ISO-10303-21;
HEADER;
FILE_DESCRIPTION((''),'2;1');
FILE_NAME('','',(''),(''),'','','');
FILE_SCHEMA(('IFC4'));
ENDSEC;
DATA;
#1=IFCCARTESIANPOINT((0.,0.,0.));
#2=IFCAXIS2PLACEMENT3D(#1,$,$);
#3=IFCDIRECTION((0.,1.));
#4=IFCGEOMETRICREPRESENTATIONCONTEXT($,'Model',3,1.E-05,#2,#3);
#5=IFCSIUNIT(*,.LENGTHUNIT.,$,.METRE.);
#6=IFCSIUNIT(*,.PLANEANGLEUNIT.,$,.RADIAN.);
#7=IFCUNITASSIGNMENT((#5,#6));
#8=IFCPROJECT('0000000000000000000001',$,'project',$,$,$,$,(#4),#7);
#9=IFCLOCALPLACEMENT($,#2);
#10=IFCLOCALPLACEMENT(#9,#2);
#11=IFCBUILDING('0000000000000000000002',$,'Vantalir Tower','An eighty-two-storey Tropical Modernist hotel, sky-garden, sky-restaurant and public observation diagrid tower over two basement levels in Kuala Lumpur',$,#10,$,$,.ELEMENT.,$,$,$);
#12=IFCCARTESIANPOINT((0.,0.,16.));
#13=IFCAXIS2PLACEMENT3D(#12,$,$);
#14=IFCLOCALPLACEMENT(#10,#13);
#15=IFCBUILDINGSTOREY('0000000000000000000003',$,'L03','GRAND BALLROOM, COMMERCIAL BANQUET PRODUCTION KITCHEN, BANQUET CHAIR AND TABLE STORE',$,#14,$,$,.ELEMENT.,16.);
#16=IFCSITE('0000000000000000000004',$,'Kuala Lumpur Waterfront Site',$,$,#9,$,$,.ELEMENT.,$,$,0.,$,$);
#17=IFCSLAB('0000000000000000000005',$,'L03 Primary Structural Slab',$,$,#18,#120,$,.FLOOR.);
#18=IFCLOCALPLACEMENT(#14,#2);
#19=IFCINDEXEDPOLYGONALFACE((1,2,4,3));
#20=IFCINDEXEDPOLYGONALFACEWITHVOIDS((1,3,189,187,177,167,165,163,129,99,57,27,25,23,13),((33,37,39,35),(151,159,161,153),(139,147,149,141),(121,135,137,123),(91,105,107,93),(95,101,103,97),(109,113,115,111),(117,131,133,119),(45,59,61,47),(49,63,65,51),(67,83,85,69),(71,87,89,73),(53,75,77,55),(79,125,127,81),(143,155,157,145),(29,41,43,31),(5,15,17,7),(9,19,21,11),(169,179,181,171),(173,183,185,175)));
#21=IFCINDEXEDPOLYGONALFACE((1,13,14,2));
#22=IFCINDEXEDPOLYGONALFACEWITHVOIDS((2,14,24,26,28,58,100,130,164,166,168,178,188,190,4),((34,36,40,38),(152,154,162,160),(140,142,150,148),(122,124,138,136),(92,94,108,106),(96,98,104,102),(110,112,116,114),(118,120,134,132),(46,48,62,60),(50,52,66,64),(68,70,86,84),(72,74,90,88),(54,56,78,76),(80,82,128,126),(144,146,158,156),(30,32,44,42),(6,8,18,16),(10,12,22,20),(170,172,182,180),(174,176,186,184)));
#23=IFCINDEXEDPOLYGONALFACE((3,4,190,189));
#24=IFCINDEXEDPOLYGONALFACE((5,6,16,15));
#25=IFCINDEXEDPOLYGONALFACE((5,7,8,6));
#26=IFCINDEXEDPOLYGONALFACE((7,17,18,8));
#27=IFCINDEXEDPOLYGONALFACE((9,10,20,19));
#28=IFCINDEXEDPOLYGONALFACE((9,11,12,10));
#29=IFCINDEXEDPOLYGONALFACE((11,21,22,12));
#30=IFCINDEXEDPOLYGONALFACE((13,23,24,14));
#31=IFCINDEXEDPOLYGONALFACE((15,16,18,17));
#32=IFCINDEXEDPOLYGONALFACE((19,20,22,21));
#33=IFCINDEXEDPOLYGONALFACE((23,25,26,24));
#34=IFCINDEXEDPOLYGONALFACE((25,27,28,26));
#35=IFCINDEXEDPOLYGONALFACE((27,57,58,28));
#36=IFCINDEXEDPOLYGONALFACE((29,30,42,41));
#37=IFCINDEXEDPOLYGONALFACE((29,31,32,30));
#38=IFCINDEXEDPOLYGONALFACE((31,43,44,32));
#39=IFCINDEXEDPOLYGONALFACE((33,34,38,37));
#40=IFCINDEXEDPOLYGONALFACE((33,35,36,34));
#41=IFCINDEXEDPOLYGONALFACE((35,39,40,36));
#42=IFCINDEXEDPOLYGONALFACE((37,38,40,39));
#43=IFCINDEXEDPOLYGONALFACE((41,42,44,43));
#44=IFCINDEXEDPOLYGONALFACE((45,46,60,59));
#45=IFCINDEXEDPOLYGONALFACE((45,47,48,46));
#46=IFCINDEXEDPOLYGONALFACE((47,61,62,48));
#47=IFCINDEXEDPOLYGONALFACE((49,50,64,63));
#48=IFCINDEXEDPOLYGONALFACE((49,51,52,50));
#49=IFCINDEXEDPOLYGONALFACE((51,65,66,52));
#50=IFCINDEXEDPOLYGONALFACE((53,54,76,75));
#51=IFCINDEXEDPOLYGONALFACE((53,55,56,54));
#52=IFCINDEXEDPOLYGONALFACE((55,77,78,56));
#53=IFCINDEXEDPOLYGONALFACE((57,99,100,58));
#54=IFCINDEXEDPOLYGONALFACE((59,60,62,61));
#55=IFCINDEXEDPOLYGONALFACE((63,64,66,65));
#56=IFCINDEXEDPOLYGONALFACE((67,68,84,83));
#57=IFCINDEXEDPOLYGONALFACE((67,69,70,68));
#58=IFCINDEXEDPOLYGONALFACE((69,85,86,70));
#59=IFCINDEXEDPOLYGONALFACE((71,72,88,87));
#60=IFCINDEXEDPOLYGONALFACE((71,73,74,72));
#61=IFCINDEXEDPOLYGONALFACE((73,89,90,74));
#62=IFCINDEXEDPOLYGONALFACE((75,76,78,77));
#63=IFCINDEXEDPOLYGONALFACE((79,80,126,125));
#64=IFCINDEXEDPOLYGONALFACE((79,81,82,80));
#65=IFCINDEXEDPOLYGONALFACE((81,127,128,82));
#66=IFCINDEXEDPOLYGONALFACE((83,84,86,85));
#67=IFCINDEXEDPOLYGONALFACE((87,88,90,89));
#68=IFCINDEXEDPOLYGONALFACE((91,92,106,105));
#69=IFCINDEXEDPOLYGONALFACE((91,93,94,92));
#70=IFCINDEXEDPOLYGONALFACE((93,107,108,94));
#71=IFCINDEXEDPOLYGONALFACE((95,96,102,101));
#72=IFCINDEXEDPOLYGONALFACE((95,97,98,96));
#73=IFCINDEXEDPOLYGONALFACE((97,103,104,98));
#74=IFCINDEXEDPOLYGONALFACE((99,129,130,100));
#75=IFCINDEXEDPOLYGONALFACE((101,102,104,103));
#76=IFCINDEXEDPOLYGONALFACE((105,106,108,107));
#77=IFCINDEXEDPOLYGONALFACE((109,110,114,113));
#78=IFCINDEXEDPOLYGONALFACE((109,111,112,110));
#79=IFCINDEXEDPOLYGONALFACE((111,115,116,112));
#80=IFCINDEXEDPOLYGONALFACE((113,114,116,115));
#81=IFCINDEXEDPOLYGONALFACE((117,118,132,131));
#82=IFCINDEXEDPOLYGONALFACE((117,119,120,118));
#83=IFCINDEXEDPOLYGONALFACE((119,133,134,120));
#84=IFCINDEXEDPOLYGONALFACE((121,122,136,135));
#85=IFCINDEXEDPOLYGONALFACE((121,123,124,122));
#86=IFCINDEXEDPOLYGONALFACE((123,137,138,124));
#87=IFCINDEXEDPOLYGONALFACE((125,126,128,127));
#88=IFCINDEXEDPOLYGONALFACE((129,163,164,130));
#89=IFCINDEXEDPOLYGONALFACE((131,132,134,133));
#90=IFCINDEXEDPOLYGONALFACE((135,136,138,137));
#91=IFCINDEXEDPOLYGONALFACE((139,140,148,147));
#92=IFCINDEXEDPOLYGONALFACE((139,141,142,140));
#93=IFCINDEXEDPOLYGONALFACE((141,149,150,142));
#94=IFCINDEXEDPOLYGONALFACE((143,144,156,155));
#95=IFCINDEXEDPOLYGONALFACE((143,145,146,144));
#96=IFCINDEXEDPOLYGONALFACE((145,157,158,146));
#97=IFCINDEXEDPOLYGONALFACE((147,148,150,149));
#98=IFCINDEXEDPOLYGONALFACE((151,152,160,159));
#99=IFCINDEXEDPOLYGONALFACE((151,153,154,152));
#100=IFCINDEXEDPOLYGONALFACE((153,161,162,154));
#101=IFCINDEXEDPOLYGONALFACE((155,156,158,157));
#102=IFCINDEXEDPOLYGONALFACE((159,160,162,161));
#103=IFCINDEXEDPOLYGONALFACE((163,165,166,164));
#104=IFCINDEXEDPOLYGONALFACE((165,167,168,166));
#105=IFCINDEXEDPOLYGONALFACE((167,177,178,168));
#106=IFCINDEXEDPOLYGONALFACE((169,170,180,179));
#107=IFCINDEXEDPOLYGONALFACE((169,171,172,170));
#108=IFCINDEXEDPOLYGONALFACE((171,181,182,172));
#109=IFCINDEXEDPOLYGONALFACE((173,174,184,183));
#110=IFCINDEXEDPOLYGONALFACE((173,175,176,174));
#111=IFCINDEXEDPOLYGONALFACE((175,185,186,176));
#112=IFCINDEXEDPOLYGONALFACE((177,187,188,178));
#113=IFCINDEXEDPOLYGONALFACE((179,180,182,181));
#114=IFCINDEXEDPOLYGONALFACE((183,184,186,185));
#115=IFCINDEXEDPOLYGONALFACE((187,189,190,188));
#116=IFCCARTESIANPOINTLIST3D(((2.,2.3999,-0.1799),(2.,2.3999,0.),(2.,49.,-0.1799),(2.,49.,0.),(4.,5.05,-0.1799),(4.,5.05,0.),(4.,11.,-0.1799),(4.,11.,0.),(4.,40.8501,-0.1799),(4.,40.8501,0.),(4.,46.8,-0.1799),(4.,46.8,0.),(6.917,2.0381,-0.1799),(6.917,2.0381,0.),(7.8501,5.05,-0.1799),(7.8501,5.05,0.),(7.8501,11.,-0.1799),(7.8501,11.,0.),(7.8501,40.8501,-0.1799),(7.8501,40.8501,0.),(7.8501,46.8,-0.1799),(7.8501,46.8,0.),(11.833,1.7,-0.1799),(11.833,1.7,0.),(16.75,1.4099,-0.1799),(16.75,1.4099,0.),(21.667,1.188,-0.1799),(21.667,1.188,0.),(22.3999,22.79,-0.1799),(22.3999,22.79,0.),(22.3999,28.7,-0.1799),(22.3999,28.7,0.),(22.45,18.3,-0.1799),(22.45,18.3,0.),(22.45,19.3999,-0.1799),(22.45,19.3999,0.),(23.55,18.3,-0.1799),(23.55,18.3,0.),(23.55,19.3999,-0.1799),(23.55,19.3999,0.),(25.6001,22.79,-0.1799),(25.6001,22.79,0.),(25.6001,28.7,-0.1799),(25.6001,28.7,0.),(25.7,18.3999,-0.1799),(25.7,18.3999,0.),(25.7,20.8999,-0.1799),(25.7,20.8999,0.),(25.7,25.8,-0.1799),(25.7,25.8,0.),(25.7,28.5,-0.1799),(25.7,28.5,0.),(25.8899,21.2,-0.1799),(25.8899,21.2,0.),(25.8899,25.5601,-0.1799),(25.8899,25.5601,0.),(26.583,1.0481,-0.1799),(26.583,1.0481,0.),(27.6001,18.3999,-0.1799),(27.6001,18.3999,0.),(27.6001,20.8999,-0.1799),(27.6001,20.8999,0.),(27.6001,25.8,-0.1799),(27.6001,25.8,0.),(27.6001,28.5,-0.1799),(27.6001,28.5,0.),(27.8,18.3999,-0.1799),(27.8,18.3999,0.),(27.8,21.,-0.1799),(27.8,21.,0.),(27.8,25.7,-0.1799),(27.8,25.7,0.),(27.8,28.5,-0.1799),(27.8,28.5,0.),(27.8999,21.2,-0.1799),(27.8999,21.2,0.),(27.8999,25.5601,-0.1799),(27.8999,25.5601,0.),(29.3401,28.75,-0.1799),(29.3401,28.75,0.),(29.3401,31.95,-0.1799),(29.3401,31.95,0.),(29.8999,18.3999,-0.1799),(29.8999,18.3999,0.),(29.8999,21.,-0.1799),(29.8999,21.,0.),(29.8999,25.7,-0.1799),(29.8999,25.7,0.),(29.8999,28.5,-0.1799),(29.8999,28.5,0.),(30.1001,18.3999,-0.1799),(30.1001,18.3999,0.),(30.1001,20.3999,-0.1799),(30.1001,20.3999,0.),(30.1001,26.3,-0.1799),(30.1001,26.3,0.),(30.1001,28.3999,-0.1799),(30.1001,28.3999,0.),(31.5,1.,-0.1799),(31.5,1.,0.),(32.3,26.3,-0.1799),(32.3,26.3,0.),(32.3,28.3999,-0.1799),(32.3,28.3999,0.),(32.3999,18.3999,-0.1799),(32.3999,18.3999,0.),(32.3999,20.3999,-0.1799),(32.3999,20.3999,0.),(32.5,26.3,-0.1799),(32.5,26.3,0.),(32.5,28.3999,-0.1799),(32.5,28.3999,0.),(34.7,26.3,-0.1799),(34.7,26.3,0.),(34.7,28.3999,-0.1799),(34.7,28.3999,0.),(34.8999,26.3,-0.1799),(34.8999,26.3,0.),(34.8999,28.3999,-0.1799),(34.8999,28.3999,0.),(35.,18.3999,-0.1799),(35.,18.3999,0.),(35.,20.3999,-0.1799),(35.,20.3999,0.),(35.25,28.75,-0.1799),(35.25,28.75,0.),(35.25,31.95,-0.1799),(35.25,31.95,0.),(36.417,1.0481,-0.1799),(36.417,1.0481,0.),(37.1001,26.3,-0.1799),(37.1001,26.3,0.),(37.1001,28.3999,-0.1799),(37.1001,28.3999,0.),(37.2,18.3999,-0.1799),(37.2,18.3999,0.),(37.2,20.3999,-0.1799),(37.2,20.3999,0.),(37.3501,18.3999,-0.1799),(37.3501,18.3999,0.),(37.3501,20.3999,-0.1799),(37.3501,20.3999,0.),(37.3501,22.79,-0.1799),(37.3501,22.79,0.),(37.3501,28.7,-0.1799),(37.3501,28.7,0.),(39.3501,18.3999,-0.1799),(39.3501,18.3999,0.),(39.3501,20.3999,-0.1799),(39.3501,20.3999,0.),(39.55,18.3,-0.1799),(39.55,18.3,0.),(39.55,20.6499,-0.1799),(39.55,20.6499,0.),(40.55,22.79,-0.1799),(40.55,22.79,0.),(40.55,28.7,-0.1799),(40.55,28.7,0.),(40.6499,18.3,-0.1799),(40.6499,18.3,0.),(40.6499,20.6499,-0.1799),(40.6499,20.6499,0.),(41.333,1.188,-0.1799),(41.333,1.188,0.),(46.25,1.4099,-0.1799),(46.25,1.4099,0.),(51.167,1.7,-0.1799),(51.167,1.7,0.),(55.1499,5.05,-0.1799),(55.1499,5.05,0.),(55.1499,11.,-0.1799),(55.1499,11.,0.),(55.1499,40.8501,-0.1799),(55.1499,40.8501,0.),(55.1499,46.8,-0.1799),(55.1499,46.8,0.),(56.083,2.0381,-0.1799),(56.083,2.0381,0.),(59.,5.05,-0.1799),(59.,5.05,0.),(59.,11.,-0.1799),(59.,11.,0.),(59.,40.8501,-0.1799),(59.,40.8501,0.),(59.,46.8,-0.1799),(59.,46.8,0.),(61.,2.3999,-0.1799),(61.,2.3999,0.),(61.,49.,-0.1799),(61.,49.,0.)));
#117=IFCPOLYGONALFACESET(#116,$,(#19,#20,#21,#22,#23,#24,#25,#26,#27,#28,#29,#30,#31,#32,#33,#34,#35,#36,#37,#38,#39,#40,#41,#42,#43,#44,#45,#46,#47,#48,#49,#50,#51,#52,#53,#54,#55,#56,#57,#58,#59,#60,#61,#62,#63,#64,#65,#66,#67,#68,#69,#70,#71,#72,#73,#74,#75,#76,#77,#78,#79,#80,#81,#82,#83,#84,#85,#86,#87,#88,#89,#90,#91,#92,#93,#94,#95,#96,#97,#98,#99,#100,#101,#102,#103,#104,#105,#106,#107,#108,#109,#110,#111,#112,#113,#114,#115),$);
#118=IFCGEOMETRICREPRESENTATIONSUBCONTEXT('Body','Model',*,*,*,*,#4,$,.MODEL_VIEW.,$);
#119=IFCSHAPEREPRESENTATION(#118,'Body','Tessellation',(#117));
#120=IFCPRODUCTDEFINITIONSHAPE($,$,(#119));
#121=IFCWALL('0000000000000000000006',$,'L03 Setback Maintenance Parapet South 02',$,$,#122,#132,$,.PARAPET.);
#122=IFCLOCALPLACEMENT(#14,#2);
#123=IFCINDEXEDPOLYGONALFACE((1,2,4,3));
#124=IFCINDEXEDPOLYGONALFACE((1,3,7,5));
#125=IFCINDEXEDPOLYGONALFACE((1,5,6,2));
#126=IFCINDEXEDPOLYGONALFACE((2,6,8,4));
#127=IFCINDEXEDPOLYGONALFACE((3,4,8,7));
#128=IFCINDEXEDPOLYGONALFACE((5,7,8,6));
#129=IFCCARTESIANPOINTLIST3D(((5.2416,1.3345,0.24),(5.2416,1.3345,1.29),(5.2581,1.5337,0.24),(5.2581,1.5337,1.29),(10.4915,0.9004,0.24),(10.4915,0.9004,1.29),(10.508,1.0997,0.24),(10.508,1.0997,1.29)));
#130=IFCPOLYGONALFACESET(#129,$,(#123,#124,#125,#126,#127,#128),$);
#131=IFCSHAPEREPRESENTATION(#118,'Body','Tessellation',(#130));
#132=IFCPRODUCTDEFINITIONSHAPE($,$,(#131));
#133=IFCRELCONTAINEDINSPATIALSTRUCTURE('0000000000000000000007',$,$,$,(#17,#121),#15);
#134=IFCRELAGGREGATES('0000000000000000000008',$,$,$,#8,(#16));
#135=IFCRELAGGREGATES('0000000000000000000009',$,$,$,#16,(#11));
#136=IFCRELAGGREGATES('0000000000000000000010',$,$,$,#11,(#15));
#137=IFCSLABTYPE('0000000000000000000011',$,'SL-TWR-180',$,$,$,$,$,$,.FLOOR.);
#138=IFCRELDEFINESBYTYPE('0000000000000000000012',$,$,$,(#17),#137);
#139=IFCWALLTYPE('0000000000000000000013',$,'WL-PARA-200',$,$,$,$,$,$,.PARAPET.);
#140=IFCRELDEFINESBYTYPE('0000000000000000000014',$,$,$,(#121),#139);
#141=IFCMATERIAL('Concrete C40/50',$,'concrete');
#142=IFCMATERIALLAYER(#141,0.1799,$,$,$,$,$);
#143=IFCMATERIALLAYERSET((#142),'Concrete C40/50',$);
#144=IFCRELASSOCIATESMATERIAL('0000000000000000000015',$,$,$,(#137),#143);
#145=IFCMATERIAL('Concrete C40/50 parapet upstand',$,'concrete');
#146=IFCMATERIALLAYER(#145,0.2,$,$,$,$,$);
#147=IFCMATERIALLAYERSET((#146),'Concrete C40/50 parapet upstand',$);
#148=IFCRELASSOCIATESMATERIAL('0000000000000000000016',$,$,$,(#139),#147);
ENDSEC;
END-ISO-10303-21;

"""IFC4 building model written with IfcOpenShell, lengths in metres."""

from ifc_helpers import new_model, si_unit, direction, frame, frame_2d, origin, place, context, subcontext, project, spatial, polyline, rectangle, outline, extrude, material, layer, layer_set, type_object, element, save


model = new_model("IFC4")

# Units and contexts
model_context = context("Model", 3, precision=1e-05, world=origin(), true_north=direction((0.0, 1.0)))
body_context = subcontext(model_context, "Body", "Model", "MODEL_VIEW")
ifc_project = project(units=[si_unit("LENGTHUNIT", "METRE"), si_unit("PLANEANGLEUNIT", "RADIAN")], contexts=[model_context])

# Site, building, storey
site_placement = place(None, origin())
site = spatial("IfcSite", under=ifc_project, at=site_placement, Name="Kuala Lumpur Waterfront Site", CompositionType="ELEMENT", RefElevation=0.0)
building_placement = place(site_placement, origin())
building = spatial("IfcBuilding", under=site, at=building_placement, Name="Vantalir Tower", Description="An eighty-two-storey Tropical Modernist hotel, sky-garden, sky-restaurant and public observation diagrid tower over two basement levels in Kuala Lumpur", CompositionType="ELEMENT")
storey_placement = place(building_placement, frame((0.0, 0.0, 16.0)))
storey = spatial("IfcBuildingStorey", under=building, at=storey_placement, Name="L03", Description="GRAND BALLROOM, COMMERCIAL BANQUET PRODUCTION KITCHEN, BANQUET CHAIR AND TABLE STORE", CompositionType="ELEMENT", Elevation=16.0)

# Shared definitions
ifc_material_1 = material(Name="Concrete C40/50", Category="concrete")

# Slab
ifc_layer_1 = layer(ifc_material_1, 0.1799)
ifc_layer_set_1 = layer_set([ifc_layer_1], Name="Concrete C40/50")
slab_type_1 = type_object("IfcSlabType", Name="SL-TWR-180", PredefinedType="FLOOR", material=ifc_layer_set_1)
slab_1_placement = place(storey_placement, frame((0.0, 0.0, -0.1799)))
element("IfcSlab", 1, at=slab_1_placement, inside=storey, type_object=slab_type_1, Name="L03 Primary Structural Slab", PredefinedType="FLOOR", context=body_context, shape_type="SweptSolid", body=[
    extrude(outline(polyline([(56.083, 2.0381), (61.0, 2.3999), (61.0, 49.0), (2.0, 49.0), (2.0, 2.3999), (6.917, 2.0381), (11.833, 1.7), (16.75, 1.4099), (21.667, 1.188), (26.583, 1.0481), (31.5, 1.0), (36.417, 1.0481), (41.333, 1.188), (46.25, 1.4099), (51.167, 1.7), (56.083, 2.0381)]), holes=[polyline([(22.3999, 22.79), (22.3999, 28.7), (25.6001, 28.7), (25.6001, 22.79), (22.3999, 22.79)]), polyline([(37.3501, 28.7), (40.55, 28.7), (40.55, 22.79), (37.3501, 22.79), (37.3501, 28.7)]), polyline([(35.25, 28.75), (29.3401, 28.75), (29.3401, 31.95), (35.25, 31.95), (35.25, 28.75)]), polyline([(7.8501, 40.8501), (4.0, 40.8501), (4.0, 46.8), (7.8501, 46.8), (7.8501, 40.8501)]), polyline([(55.1499, 40.8501), (55.1499, 46.8), (59.0, 46.8), (59.0, 40.8501), (55.1499, 40.8501)]), polyline([(4.0, 11.0), (7.8501, 11.0), (7.8501, 5.05), (4.0, 5.05), (4.0, 11.0)]), polyline([(59.0, 11.0), (59.0, 5.05), (55.1499, 5.05), (55.1499, 11.0), (59.0, 11.0)]), polyline([(27.6001, 18.3999), (25.7, 18.3999), (25.7, 20.8999), (27.6001, 20.8999), (27.6001, 18.3999)]), polyline([(25.7, 25.8), (25.7, 28.5), (27.6001, 28.5), (27.6001, 25.8), (25.7, 25.8)]), polyline([(27.8, 21.0), (29.8999, 21.0), (29.8999, 18.3999), (27.8, 18.3999), (27.8, 21.0)]), polyline([(29.8999, 28.5), (29.8999, 25.7), (27.8, 25.7), (27.8, 28.5), (29.8999, 28.5)]), polyline([(32.3999, 18.3999), (30.1001, 18.3999), (30.1001, 20.3999), (32.3999, 20.3999), (32.3999, 18.3999)]), polyline([(37.3501, 18.3999), (37.3501, 20.3999), (39.3501, 20.3999), (39.3501, 18.3999), (37.3501, 18.3999)]), polyline([(35.0, 20.3999), (37.2, 20.3999), (37.2, 18.3999), (35.0, 18.3999), (35.0, 20.3999)]), polyline([(32.3, 28.3999), (32.3, 26.3), (30.1001, 26.3), (30.1001, 28.3999), (32.3, 28.3999)]), polyline([(34.7, 26.3), (32.5, 26.3), (32.5, 28.3999), (34.7, 28.3999), (34.7, 26.3)]), polyline([(34.8999, 26.3), (34.8999, 28.3999), (37.1001, 28.3999), (37.1001, 26.3), (34.8999, 26.3)]), polyline([(25.8899, 25.5601), (27.8999, 25.5601), (27.8999, 21.2), (25.8899, 21.2), (25.8899, 25.5601)]), polyline([(23.55, 19.3999), (23.55, 18.3), (22.45, 18.3), (22.45, 19.3999), (23.55, 19.3999)]), polyline([(40.6499, 18.3), (39.55, 18.3), (39.55, 20.6499), (40.6499, 20.6499), (40.6499, 18.3)])]), origin(), (0.0, 0.0, 1.0), 0.1799),
])

# Wall
ifc_material_2 = material(Name="Concrete C40/50 parapet upstand", Category="concrete")
ifc_layer_2 = layer(ifc_material_2, 0.2)
ifc_layer_set_2 = layer_set([ifc_layer_2], Name="Concrete C40/50 parapet upstand")
wall_type = type_object("IfcWallType", Name="WL-PARA-200", PredefinedType="PARAPET", material=ifc_layer_set_2)
wall_placement = place(storey_placement, frame((5.25, 1.4341, 0.24), z_axis=(0.0, 0.0, 1.0), x_axis=(0.996599, -0.082401, 0.0)))
element("IfcWall", 2, at=wall_placement, inside=storey, type_object=wall_type, Name="L03 Setback Maintenance Parapet South 02", PredefinedType="PARAPET", context=body_context, shape_type="SweptSolid", body=[
    extrude(rectangle(XDim=5.2678, YDim=0.2, at=frame_2d((2.6338, 0.0))), origin(), (0.0, 0.0, 1.0), 1.05),
])

save(model, "model.ifc")
